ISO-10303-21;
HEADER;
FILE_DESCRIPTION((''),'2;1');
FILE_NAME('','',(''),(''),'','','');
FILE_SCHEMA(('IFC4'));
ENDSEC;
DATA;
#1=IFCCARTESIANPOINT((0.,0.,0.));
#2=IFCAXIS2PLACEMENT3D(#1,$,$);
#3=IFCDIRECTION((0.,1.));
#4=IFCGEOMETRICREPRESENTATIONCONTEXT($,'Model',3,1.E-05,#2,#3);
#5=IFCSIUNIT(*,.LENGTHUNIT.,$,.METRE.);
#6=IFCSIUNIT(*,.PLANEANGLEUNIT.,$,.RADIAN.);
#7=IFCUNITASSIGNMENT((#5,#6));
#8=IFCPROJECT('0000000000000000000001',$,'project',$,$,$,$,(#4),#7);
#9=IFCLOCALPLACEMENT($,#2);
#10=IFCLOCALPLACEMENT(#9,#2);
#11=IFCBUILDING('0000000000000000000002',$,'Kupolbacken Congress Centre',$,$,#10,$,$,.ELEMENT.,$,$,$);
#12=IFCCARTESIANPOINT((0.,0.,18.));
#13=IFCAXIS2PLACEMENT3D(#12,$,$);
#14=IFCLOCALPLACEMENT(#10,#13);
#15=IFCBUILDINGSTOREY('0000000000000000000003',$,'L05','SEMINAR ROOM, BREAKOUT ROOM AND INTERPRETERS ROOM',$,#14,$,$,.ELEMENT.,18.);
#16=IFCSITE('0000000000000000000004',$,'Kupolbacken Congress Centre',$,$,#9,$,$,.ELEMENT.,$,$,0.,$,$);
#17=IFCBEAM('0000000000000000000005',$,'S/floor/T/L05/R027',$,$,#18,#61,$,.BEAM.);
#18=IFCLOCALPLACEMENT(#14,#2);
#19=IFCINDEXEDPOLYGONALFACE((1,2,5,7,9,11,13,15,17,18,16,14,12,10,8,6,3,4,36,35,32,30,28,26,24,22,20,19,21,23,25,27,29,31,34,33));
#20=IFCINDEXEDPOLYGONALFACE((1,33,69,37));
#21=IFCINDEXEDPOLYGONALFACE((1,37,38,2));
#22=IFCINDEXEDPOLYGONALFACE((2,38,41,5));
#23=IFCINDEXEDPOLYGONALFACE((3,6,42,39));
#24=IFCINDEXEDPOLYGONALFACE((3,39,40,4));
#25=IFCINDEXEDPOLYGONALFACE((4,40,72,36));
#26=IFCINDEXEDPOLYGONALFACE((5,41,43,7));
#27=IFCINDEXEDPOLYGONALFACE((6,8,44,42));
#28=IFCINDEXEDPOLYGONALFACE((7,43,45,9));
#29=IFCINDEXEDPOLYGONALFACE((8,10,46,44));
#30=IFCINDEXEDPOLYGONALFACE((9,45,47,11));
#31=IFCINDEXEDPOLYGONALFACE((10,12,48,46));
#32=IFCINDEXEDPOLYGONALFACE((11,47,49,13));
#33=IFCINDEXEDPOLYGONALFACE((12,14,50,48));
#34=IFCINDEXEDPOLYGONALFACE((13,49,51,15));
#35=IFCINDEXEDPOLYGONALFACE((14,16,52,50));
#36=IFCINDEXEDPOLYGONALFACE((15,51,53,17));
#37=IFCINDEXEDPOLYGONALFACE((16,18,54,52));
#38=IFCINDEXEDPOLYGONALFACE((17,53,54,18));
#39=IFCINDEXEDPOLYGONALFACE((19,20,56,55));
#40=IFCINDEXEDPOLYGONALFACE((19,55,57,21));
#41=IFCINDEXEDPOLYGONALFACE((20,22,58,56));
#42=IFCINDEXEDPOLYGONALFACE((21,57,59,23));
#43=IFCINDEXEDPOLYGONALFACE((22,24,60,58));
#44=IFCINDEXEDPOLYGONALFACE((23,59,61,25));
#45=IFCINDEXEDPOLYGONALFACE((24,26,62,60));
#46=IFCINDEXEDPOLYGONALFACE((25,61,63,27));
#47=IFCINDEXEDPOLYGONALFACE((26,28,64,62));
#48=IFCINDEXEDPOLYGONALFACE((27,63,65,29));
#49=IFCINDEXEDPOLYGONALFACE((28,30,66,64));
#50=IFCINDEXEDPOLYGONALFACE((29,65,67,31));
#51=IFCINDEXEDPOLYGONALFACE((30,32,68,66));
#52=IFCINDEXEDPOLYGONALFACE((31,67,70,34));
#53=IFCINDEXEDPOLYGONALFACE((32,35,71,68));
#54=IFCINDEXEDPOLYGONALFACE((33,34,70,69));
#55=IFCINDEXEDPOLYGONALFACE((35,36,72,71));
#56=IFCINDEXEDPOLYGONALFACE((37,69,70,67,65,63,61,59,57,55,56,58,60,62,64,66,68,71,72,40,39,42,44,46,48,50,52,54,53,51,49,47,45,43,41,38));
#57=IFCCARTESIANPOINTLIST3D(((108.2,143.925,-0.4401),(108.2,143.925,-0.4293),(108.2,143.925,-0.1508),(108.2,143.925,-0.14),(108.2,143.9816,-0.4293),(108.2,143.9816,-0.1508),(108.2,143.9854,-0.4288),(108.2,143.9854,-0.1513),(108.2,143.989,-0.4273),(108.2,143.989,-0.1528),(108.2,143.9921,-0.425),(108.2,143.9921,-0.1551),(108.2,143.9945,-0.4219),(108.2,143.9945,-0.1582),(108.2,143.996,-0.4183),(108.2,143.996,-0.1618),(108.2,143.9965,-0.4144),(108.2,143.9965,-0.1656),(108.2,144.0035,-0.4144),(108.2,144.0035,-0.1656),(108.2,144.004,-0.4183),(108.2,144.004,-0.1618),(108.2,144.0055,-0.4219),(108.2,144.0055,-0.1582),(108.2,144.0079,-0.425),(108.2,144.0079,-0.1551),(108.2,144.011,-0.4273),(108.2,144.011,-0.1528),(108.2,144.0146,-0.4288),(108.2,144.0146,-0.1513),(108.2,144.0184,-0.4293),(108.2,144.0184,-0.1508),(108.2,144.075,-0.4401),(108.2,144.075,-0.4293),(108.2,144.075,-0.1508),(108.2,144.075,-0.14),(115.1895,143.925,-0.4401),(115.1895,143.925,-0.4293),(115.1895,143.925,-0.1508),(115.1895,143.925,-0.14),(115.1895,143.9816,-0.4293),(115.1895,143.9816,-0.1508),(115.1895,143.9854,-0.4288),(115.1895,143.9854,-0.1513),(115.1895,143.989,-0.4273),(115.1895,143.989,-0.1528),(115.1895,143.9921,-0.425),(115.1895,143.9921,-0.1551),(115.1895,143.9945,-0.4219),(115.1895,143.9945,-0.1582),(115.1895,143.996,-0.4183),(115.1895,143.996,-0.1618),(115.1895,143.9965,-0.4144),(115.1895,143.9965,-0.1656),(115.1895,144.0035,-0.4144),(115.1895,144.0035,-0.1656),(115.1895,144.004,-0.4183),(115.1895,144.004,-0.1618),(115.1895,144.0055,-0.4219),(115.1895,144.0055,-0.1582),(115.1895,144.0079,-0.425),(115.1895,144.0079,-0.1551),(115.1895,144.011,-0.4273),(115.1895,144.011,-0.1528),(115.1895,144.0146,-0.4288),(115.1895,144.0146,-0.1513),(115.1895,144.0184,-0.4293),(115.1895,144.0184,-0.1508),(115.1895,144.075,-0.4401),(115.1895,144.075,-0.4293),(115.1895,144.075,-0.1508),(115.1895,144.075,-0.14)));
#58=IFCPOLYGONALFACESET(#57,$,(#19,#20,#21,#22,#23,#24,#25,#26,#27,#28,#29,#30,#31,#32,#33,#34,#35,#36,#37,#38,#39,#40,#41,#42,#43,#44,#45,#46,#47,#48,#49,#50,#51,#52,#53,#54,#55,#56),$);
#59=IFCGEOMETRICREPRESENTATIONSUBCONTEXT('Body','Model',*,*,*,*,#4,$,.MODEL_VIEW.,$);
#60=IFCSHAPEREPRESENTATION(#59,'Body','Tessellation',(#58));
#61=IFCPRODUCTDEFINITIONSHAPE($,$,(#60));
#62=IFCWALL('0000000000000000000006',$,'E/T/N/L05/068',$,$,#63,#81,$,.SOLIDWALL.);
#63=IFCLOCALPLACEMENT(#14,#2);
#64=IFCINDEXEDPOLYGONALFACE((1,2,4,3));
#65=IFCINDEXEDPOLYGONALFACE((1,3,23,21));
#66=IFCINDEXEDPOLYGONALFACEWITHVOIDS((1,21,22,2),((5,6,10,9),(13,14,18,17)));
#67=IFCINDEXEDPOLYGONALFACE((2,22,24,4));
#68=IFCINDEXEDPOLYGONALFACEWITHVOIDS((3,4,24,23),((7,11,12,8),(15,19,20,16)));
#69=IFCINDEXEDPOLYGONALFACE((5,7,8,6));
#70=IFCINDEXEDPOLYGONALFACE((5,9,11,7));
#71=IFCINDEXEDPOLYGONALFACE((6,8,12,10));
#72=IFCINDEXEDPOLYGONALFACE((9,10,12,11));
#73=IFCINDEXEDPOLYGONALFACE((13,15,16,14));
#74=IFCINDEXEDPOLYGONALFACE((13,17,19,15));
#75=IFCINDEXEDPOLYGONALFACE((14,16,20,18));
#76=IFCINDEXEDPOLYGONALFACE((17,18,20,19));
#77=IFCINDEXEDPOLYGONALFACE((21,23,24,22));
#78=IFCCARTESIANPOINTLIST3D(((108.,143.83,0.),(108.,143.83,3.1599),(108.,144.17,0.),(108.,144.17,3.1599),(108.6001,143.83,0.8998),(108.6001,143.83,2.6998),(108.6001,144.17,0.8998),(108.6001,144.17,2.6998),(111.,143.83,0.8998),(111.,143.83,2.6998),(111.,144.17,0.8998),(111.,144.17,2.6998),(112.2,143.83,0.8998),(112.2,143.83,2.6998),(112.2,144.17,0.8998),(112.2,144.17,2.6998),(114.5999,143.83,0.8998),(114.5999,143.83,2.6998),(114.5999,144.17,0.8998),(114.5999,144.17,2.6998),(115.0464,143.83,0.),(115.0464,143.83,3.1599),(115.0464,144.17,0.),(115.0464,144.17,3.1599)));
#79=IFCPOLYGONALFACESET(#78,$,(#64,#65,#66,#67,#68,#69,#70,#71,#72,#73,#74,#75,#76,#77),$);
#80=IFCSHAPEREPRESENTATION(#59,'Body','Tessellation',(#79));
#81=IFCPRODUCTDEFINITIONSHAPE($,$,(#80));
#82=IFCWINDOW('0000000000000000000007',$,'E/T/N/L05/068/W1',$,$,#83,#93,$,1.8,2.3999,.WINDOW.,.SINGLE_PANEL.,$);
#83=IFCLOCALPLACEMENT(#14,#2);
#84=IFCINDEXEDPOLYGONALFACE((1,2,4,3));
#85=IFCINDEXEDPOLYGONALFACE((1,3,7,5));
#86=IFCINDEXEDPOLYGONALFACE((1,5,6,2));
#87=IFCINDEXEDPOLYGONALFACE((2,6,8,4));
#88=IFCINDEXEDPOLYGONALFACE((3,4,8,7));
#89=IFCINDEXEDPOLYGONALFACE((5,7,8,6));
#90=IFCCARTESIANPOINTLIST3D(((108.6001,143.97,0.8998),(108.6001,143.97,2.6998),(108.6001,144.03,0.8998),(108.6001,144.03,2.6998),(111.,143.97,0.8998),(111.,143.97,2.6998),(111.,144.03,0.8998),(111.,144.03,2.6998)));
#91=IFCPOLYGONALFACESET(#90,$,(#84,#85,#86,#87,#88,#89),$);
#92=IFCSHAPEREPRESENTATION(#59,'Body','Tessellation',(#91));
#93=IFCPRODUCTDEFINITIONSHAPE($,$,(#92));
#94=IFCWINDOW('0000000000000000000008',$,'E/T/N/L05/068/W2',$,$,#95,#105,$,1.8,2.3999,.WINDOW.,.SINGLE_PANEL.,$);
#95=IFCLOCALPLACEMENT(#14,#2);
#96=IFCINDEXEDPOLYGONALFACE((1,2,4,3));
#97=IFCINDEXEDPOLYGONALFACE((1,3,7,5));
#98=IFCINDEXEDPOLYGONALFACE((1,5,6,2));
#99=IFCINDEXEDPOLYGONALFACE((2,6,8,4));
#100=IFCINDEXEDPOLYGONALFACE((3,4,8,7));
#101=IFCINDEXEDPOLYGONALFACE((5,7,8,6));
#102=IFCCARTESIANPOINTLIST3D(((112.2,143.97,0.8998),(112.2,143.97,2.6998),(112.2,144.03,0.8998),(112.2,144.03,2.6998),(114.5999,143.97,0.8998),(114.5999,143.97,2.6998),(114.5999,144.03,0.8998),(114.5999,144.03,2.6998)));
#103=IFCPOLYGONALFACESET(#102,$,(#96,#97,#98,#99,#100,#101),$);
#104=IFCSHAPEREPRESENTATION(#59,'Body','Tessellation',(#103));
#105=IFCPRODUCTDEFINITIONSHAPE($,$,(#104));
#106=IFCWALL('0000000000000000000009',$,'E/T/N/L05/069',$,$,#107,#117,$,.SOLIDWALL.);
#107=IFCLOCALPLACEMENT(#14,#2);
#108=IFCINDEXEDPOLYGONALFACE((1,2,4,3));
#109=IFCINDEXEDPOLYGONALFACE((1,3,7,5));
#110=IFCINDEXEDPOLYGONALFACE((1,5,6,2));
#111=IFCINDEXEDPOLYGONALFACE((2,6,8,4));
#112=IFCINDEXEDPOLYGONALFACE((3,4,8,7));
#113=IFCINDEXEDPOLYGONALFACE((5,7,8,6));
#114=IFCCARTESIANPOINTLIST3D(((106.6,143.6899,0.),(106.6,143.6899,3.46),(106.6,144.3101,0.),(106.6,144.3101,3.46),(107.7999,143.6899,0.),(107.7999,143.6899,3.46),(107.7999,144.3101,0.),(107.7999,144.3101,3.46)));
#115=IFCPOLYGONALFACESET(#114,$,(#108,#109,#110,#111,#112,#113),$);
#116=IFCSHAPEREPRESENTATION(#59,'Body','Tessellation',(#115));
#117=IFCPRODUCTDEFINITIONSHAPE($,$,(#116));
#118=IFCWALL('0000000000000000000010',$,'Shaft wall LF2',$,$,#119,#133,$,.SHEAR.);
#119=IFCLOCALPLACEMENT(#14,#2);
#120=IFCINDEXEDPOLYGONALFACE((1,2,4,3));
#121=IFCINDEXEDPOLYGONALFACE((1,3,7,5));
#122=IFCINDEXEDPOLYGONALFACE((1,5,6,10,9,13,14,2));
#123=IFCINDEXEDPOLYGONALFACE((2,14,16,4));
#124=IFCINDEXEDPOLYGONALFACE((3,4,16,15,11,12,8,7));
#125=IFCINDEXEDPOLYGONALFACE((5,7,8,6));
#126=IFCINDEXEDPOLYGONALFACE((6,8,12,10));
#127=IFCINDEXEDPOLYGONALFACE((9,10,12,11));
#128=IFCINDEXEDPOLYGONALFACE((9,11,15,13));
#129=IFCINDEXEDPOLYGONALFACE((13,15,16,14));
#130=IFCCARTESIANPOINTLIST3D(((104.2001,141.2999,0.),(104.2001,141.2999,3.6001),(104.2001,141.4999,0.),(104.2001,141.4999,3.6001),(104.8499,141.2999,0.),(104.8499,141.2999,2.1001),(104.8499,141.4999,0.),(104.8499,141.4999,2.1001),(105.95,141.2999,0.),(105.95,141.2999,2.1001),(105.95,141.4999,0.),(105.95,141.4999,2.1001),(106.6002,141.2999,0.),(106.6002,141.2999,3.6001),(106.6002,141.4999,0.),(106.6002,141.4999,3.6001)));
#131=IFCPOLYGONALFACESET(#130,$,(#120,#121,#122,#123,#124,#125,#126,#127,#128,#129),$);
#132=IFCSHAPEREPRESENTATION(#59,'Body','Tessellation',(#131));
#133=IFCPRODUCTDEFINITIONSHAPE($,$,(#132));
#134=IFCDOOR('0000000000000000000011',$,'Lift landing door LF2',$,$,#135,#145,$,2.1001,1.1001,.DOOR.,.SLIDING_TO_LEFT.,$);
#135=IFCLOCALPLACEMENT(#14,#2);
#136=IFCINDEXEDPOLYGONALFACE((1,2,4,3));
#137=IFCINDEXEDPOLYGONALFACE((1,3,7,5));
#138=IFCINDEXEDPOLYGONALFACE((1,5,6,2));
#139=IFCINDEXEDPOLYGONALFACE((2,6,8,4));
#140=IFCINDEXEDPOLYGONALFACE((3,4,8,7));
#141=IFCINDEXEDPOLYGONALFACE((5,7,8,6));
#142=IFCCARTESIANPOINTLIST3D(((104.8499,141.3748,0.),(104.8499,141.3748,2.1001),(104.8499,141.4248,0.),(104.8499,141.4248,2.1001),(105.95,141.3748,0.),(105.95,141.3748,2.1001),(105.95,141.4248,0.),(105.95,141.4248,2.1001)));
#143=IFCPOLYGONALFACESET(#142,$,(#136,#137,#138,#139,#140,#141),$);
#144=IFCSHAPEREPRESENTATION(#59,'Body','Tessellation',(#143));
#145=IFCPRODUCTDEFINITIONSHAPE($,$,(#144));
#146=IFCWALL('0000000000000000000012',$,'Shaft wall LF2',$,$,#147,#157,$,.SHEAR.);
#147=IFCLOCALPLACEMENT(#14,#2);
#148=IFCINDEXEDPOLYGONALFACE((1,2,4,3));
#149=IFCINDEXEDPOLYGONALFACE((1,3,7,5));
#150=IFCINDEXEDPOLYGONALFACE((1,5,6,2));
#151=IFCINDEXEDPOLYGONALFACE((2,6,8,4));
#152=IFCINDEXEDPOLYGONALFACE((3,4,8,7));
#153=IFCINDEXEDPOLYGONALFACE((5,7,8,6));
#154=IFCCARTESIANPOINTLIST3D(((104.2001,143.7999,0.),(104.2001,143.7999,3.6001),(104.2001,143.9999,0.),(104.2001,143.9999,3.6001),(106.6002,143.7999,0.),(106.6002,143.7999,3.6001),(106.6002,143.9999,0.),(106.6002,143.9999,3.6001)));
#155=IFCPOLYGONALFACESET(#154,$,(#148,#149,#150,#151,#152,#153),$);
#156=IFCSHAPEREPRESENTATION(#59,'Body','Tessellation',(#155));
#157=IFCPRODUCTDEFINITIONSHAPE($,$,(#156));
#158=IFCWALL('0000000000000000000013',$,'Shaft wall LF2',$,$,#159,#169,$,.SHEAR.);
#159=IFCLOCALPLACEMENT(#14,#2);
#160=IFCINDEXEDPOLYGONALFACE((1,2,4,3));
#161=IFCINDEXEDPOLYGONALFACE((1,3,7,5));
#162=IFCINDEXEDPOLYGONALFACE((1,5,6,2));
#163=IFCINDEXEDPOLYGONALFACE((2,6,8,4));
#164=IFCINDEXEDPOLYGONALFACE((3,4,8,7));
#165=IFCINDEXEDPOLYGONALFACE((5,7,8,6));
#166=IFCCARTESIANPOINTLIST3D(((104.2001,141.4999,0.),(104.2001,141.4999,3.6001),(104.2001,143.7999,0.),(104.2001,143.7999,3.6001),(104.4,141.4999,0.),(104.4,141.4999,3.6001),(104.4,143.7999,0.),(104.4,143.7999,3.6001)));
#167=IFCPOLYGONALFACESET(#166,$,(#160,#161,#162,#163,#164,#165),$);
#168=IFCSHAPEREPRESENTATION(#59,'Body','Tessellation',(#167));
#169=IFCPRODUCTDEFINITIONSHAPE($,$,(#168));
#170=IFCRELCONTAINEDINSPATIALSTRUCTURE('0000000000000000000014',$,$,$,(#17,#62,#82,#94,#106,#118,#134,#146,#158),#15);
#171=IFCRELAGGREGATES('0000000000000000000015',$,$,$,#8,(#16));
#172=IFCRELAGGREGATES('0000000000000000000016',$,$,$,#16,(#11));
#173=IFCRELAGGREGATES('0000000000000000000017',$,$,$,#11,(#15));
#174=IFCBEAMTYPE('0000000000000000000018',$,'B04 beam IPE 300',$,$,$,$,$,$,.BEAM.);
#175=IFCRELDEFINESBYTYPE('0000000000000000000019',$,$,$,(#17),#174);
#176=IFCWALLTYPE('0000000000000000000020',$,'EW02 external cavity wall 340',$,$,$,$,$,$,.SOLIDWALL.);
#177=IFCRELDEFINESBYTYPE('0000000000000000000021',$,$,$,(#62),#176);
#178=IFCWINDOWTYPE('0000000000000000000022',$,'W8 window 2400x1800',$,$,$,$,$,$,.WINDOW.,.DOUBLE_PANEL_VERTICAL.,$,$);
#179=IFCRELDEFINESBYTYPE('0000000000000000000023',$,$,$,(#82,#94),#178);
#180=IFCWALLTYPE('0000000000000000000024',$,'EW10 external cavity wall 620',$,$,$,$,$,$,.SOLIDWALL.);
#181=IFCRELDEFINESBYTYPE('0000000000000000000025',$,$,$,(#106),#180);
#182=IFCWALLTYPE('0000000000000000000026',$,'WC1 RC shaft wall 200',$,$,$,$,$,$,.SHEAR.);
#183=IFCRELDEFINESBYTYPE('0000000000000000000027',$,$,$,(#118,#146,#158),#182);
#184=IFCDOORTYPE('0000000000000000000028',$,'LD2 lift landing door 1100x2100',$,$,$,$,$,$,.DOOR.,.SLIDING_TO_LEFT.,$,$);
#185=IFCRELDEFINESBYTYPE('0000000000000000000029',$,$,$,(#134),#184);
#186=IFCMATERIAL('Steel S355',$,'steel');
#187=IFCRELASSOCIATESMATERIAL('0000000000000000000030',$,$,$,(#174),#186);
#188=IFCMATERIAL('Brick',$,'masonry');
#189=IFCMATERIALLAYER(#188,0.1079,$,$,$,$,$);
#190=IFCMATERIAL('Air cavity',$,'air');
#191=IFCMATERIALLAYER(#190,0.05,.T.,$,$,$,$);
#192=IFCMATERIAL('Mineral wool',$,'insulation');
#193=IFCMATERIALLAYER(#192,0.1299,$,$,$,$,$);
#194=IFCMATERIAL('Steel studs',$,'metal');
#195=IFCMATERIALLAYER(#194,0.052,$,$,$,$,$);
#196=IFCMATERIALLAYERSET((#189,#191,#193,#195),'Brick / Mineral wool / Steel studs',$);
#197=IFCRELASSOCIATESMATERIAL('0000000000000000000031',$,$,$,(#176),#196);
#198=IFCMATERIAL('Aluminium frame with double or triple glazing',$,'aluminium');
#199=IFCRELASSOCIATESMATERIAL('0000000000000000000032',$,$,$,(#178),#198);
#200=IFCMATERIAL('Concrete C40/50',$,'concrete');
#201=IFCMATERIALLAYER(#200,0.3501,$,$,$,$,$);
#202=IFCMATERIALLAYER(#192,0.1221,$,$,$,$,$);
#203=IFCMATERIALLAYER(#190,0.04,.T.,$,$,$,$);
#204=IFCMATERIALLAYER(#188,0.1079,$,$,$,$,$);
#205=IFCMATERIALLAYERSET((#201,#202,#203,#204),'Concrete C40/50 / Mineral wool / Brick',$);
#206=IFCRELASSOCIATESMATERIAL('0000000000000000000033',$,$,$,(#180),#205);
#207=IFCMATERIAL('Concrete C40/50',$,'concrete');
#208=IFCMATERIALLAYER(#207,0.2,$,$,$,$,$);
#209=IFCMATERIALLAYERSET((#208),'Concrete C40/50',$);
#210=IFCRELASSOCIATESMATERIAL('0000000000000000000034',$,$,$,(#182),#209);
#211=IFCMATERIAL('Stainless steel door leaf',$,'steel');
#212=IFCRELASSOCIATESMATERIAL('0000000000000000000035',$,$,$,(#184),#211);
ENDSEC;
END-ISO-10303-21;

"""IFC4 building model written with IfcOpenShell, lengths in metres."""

from ifc_helpers import new_model, si_unit, direction, frame, frame_2d, origin, origin_2d, place, context, subcontext, project, spatial, rectangle, i_section, extrude, material, layer, layer_set, material_profile, profile_set, type_object, element, fill, save


model = new_model("IFC4")

# Units and contexts
model_context = context("Model", 3, precision=1e-05, world=origin(), true_north=direction((0.0, 1.0)))
body_context = subcontext(model_context, "Body", "Model", "MODEL_VIEW")
ifc_project = project(units=[si_unit("LENGTHUNIT", "METRE"), si_unit("PLANEANGLEUNIT", "RADIAN")], contexts=[model_context])

# Site, building, storey
site_placement = place(None, origin())
site = spatial("IfcSite", under=ifc_project, at=site_placement, Name="Kupolbacken Congress Centre", CompositionType="ELEMENT", RefElevation=0.0)
building_placement = place(site_placement, origin())
building = spatial("IfcBuilding", under=site, at=building_placement, Name="Kupolbacken Congress Centre", CompositionType="ELEMENT")
storey_placement = place(building_placement, frame((0.0, 0.0, 18.0)))
storey = spatial("IfcBuildingStorey", under=building, at=storey_placement, Name="L05", Description="SEMINAR ROOM, BREAKOUT ROOM AND INTERPRETERS ROOM", CompositionType="ELEMENT", Elevation=18.0)

# Beam
ifc_material_1 = material(Name="Steel S355", Category="steel")
ifc_material_profile = material_profile(ifc_material_1, i_section(OverallWidth=0.1499, OverallDepth=0.3, WebThickness=0.0071, FlangeThickness=0.0107, FilletRadius=0.0149, at=origin_2d()), Name="IPE 300")
ifc_profile_set = profile_set([ifc_material_profile], Name="Steel S355")
beam_type = type_object("IfcBeamType", Name="B04 beam IPE 300", PredefinedType="BEAM", material=ifc_profile_set)
beam_placement = place(storey_placement, frame((108.2, 144.0, -0.29), z_axis=(1.0, 0.0, 0.0), x_axis=(0.0, 1.0, 0.0)))
element("IfcBeam", 1, at=beam_placement, inside=storey, type_object=beam_type, Name="S/floor/T/L05/R027", PredefinedType="BEAM", context=body_context, shape_type="SweptSolid", body=[
    extrude(i_section(OverallWidth=0.1499, OverallDepth=0.3, WebThickness=0.0071, FlangeThickness=0.0107, FilletRadius=0.0149, at=origin_2d()), origin(), (0.0, 0.0, 1.0), 6.9895),
])

# Wall, openings, windows
ifc_material_2 = material(Name="Brick", Category="masonry")
ifc_layer_1 = layer(ifc_material_2, 0.1079)
ifc_material_3 = material(Name="Air cavity", Category="air")
ifc_layer_2 = layer(ifc_material_3, 0.05, ventilated=True)
ifc_material_4 = material(Name="Mineral wool", Category="insulation")
ifc_layer_3 = layer(ifc_material_4, 0.1299)
ifc_material_5 = material(Name="Steel studs", Category="metal")
ifc_layer_4 = layer(ifc_material_5, 0.052)
ifc_layer_set_1 = layer_set([ifc_layer_1, ifc_layer_2, ifc_layer_3, ifc_layer_4], Name="Brick / Mineral wool / Steel studs")
wall_type_1 = type_object("IfcWallType", Name="EW02 external cavity wall 340", PredefinedType="SOLIDWALL", material=ifc_layer_set_1)
wall_1_placement = place(storey_placement, frame((115.0464, 144.0, 0.0), z_axis=(0.0, 0.0, 1.0), x_axis=(-1.0, 0.0, 0.0)))
wall_1 = element("IfcWall", 2, at=wall_1_placement, inside=storey, type_object=wall_type_1, Name="E/T/N/L05/068", PredefinedType="SOLIDWALL", context=body_context, shape_type="SweptSolid", body=[
    extrude(rectangle(XDim=7.0464, YDim=0.3401, at=frame_2d((3.5232, 0.0))), origin(), (0.0, 0.0, 1.0), 3.1599),
])
opening_1_placement = place(wall_1_placement, frame((4.0464, 0.0, 0.8999)))
opening_1 = element("IfcOpeningElement", 3, at=opening_1_placement, cuts=wall_1, PredefinedType="OPENING", context=body_context, shape_type="SweptSolid", body=[
    extrude(rectangle(XDim=2.3999, YDim=1.8, at=frame_2d((1.2, 0.8999))), frame((0.0, 0.1799, 0.0), z_axis=(0.0, -1.0, 0.0), x_axis=(1.0, 0.0, 0.0)), (0.0, 0.0, 1.0), 0.3601),
])
opening_2_placement = place(wall_1_placement, frame((0.4465, 0.0, 0.8999)))
opening_2 = element("IfcOpeningElement", 4, at=opening_2_placement, cuts=wall_1, PredefinedType="OPENING", context=body_context, shape_type="SweptSolid", body=[
    extrude(rectangle(XDim=2.3999, YDim=1.8, at=frame_2d((1.2, 0.8999))), frame((0.0, 0.1799, 0.0), z_axis=(0.0, -1.0, 0.0), x_axis=(1.0, 0.0, 0.0)), (0.0, 0.0, 1.0), 0.3601),
])
ifc_material_6 = material(Name="Aluminium frame with double or triple glazing", Category="aluminium")
window_type_1 = type_object("IfcWindowType", Name="W8 window 2400x1800", PartitioningType="DOUBLE_PANEL_VERTICAL", PredefinedType="WINDOW", material=ifc_material_6)
window_1_placement = place(opening_1_placement, origin())
window_1 = element("IfcWindow", 5, at=window_1_placement, inside=storey, type_object=window_type_1, Name="E/T/N/L05/068/W1", OverallHeight=1.8, OverallWidth=2.3999, PartitioningType="SINGLE_PANEL", PredefinedType="WINDOW", context=body_context, shape_type="SweptSolid", body=[
    extrude(rectangle(XDim=2.3999, YDim=1.8, at=frame_2d((1.2, 0.8999))), frame((0.0, 0.03, 0.0), z_axis=(0.0, -1.0, 0.0), x_axis=(1.0, 0.0, 0.0)), (0.0, 0.0, 1.0), 0.0601),
])
fill(opening_1, window_1)
window_2_placement = place(opening_2_placement, origin())
window_2 = element("IfcWindow", 6, at=window_2_placement, inside=storey, type_object=window_type_1, Name="E/T/N/L05/068/W2", OverallHeight=1.8, OverallWidth=2.3999, PartitioningType="SINGLE_PANEL", PredefinedType="WINDOW", context=body_context, shape_type="SweptSolid", body=[
    extrude(rectangle(XDim=2.3999, YDim=1.8, at=frame_2d((1.2, 0.8999))), frame((0.0, 0.03, 0.0), z_axis=(0.0, -1.0, 0.0), x_axis=(1.0, 0.0, 0.0)), (0.0, 0.0, 1.0), 0.0601),
])
fill(opening_2, window_2)

# Wall
ifc_material_7 = material(Name="Concrete C40/50", Category="concrete")
ifc_layer_5 = layer(ifc_material_7, 0.3501)
ifc_layer_6 = layer(ifc_material_4, 0.1221)
ifc_layer_7 = layer(ifc_material_3, 0.04, ventilated=True)
ifc_layer_8 = layer(ifc_material_2, 0.1079)
ifc_layer_set_2 = layer_set([ifc_layer_5, ifc_layer_6, ifc_layer_7, ifc_layer_8], Name="Concrete C40/50 / Mineral wool / Brick")
wall_type_2 = type_object("IfcWallType", Name="EW10 external cavity wall 620", PredefinedType="SOLIDWALL", material=ifc_layer_set_2)
wall_2_placement = place(storey_placement, frame((107.8, 144.0, 0.0), z_axis=(0.0, 0.0, 1.0), x_axis=(-1.0, 0.0, 0.0)))
element("IfcWall", 7, at=wall_2_placement, inside=storey, type_object=wall_type_2, Name="E/T/N/L05/069", PredefinedType="SOLIDWALL", context=body_context, shape_type="SweptSolid", body=[
    extrude(rectangle(XDim=1.2, YDim=0.6201, at=frame_2d((0.6001, 0.0))), origin(), (0.0, 0.0, 1.0), 3.46),
])

# Wall, opening, door
ifc_material_8 = material(Name="Concrete C40/50", Category="concrete")
ifc_layer_9 = layer(ifc_material_8, 0.2)
ifc_layer_set_3 = layer_set([ifc_layer_9], Name="Concrete C40/50")
wall_type_3 = type_object("IfcWallType", Name="WC1 RC shaft wall 200", PredefinedType="SHEAR", material=ifc_layer_set_3)
wall_3_placement = place(storey_placement, frame((104.2, 141.3999, 0.0), z_axis=(0.0, 0.0, 1.0), x_axis=(1.0, 0.0, 0.0)))
wall_3 = element("IfcWall", 8, at=wall_3_placement, inside=storey, type_object=wall_type_3, Name="Shaft wall LF2", PredefinedType="SHEAR", context=body_context, shape_type="SweptSolid", body=[
    extrude(rectangle(XDim=2.4001, YDim=0.2, at=frame_2d((1.2002, 0.0))), origin(), (0.0, 0.0, 1.0), 3.6001),
])
opening_3_placement = place(wall_3_placement, frame((0.6499, 0.0, 0.0)))
opening_3 = element("IfcOpeningElement", 9, at=opening_3_placement, cuts=wall_3, PredefinedType="OPENING", context=body_context, shape_type="SweptSolid", body=[
    extrude(rectangle(XDim=1.1001, YDim=2.1001, at=frame_2d((0.55, 1.05))), frame((0.0, 0.1099, 0.0), z_axis=(0.0, -1.0, 0.0), x_axis=(1.0, 0.0, 0.0)), (0.0, 0.0, 1.0), 0.22),
])
ifc_material_9 = material(Name="Stainless steel door leaf", Category="steel")
door_type_1 = type_object("IfcDoorType", Name="LD2 lift landing door 1100x2100", OperationType="SLIDING_TO_LEFT", PredefinedType="DOOR", material=ifc_material_9)
door_1_placement = place(opening_3_placement, origin())
door_1 = element("IfcDoor", 10, at=door_1_placement, inside=storey, type_object=door_type_1, Name="Lift landing door LF2", OperationType="SLIDING_TO_LEFT", OverallHeight=2.1001, OverallWidth=1.1001, PredefinedType="DOOR", context=body_context, shape_type="SweptSolid", body=[
    extrude(rectangle(XDim=1.1001, YDim=2.1001, at=frame_2d((0.55, 1.05))), frame((0.0, 0.0249, 0.0), z_axis=(0.0, -1.0, 0.0), x_axis=(1.0, 0.0, 0.0)), (0.0, 0.0, 1.0), 0.05),
])
fill(opening_3, door_1)

# Walls
wall_4_placement = place(storey_placement, frame((104.2, 143.8999, 0.0), z_axis=(0.0, 0.0, 1.0), x_axis=(1.0, 0.0, 0.0)))
element("IfcWall", 11, at=wall_4_placement, inside=storey, type_object=wall_type_3, Name="Shaft wall LF2", PredefinedType="SHEAR", context=body_context, shape_type="SweptSolid", body=[
    extrude(rectangle(XDim=2.4001, YDim=0.2, at=frame_2d((1.2002, 0.0))), origin(), (0.0, 0.0, 1.0), 3.6001),
])
for number, where, z_axis, x_axis, name in (
    (12, (104.3, 141.5, 0.0), (0.0, 0.0, 1.0), (0.0, 1.0, 0.0), "Shaft wall LF2"),
):
    element("IfcWall", number, at=place(storey_placement, frame(where, z_axis=z_axis, x_axis=x_axis)), inside=storey, type_object=wall_type_3, Name=name, PredefinedType="SHEAR", context=body_context, shape_type="SweptSolid", body=[
        extrude(rectangle(XDim=2.3, YDim=0.2, at=frame_2d((1.1499, 0.0))), origin(), (0.0, 0.0, 1.0), 3.6001),
    ])

save(model, "model.ifc")
